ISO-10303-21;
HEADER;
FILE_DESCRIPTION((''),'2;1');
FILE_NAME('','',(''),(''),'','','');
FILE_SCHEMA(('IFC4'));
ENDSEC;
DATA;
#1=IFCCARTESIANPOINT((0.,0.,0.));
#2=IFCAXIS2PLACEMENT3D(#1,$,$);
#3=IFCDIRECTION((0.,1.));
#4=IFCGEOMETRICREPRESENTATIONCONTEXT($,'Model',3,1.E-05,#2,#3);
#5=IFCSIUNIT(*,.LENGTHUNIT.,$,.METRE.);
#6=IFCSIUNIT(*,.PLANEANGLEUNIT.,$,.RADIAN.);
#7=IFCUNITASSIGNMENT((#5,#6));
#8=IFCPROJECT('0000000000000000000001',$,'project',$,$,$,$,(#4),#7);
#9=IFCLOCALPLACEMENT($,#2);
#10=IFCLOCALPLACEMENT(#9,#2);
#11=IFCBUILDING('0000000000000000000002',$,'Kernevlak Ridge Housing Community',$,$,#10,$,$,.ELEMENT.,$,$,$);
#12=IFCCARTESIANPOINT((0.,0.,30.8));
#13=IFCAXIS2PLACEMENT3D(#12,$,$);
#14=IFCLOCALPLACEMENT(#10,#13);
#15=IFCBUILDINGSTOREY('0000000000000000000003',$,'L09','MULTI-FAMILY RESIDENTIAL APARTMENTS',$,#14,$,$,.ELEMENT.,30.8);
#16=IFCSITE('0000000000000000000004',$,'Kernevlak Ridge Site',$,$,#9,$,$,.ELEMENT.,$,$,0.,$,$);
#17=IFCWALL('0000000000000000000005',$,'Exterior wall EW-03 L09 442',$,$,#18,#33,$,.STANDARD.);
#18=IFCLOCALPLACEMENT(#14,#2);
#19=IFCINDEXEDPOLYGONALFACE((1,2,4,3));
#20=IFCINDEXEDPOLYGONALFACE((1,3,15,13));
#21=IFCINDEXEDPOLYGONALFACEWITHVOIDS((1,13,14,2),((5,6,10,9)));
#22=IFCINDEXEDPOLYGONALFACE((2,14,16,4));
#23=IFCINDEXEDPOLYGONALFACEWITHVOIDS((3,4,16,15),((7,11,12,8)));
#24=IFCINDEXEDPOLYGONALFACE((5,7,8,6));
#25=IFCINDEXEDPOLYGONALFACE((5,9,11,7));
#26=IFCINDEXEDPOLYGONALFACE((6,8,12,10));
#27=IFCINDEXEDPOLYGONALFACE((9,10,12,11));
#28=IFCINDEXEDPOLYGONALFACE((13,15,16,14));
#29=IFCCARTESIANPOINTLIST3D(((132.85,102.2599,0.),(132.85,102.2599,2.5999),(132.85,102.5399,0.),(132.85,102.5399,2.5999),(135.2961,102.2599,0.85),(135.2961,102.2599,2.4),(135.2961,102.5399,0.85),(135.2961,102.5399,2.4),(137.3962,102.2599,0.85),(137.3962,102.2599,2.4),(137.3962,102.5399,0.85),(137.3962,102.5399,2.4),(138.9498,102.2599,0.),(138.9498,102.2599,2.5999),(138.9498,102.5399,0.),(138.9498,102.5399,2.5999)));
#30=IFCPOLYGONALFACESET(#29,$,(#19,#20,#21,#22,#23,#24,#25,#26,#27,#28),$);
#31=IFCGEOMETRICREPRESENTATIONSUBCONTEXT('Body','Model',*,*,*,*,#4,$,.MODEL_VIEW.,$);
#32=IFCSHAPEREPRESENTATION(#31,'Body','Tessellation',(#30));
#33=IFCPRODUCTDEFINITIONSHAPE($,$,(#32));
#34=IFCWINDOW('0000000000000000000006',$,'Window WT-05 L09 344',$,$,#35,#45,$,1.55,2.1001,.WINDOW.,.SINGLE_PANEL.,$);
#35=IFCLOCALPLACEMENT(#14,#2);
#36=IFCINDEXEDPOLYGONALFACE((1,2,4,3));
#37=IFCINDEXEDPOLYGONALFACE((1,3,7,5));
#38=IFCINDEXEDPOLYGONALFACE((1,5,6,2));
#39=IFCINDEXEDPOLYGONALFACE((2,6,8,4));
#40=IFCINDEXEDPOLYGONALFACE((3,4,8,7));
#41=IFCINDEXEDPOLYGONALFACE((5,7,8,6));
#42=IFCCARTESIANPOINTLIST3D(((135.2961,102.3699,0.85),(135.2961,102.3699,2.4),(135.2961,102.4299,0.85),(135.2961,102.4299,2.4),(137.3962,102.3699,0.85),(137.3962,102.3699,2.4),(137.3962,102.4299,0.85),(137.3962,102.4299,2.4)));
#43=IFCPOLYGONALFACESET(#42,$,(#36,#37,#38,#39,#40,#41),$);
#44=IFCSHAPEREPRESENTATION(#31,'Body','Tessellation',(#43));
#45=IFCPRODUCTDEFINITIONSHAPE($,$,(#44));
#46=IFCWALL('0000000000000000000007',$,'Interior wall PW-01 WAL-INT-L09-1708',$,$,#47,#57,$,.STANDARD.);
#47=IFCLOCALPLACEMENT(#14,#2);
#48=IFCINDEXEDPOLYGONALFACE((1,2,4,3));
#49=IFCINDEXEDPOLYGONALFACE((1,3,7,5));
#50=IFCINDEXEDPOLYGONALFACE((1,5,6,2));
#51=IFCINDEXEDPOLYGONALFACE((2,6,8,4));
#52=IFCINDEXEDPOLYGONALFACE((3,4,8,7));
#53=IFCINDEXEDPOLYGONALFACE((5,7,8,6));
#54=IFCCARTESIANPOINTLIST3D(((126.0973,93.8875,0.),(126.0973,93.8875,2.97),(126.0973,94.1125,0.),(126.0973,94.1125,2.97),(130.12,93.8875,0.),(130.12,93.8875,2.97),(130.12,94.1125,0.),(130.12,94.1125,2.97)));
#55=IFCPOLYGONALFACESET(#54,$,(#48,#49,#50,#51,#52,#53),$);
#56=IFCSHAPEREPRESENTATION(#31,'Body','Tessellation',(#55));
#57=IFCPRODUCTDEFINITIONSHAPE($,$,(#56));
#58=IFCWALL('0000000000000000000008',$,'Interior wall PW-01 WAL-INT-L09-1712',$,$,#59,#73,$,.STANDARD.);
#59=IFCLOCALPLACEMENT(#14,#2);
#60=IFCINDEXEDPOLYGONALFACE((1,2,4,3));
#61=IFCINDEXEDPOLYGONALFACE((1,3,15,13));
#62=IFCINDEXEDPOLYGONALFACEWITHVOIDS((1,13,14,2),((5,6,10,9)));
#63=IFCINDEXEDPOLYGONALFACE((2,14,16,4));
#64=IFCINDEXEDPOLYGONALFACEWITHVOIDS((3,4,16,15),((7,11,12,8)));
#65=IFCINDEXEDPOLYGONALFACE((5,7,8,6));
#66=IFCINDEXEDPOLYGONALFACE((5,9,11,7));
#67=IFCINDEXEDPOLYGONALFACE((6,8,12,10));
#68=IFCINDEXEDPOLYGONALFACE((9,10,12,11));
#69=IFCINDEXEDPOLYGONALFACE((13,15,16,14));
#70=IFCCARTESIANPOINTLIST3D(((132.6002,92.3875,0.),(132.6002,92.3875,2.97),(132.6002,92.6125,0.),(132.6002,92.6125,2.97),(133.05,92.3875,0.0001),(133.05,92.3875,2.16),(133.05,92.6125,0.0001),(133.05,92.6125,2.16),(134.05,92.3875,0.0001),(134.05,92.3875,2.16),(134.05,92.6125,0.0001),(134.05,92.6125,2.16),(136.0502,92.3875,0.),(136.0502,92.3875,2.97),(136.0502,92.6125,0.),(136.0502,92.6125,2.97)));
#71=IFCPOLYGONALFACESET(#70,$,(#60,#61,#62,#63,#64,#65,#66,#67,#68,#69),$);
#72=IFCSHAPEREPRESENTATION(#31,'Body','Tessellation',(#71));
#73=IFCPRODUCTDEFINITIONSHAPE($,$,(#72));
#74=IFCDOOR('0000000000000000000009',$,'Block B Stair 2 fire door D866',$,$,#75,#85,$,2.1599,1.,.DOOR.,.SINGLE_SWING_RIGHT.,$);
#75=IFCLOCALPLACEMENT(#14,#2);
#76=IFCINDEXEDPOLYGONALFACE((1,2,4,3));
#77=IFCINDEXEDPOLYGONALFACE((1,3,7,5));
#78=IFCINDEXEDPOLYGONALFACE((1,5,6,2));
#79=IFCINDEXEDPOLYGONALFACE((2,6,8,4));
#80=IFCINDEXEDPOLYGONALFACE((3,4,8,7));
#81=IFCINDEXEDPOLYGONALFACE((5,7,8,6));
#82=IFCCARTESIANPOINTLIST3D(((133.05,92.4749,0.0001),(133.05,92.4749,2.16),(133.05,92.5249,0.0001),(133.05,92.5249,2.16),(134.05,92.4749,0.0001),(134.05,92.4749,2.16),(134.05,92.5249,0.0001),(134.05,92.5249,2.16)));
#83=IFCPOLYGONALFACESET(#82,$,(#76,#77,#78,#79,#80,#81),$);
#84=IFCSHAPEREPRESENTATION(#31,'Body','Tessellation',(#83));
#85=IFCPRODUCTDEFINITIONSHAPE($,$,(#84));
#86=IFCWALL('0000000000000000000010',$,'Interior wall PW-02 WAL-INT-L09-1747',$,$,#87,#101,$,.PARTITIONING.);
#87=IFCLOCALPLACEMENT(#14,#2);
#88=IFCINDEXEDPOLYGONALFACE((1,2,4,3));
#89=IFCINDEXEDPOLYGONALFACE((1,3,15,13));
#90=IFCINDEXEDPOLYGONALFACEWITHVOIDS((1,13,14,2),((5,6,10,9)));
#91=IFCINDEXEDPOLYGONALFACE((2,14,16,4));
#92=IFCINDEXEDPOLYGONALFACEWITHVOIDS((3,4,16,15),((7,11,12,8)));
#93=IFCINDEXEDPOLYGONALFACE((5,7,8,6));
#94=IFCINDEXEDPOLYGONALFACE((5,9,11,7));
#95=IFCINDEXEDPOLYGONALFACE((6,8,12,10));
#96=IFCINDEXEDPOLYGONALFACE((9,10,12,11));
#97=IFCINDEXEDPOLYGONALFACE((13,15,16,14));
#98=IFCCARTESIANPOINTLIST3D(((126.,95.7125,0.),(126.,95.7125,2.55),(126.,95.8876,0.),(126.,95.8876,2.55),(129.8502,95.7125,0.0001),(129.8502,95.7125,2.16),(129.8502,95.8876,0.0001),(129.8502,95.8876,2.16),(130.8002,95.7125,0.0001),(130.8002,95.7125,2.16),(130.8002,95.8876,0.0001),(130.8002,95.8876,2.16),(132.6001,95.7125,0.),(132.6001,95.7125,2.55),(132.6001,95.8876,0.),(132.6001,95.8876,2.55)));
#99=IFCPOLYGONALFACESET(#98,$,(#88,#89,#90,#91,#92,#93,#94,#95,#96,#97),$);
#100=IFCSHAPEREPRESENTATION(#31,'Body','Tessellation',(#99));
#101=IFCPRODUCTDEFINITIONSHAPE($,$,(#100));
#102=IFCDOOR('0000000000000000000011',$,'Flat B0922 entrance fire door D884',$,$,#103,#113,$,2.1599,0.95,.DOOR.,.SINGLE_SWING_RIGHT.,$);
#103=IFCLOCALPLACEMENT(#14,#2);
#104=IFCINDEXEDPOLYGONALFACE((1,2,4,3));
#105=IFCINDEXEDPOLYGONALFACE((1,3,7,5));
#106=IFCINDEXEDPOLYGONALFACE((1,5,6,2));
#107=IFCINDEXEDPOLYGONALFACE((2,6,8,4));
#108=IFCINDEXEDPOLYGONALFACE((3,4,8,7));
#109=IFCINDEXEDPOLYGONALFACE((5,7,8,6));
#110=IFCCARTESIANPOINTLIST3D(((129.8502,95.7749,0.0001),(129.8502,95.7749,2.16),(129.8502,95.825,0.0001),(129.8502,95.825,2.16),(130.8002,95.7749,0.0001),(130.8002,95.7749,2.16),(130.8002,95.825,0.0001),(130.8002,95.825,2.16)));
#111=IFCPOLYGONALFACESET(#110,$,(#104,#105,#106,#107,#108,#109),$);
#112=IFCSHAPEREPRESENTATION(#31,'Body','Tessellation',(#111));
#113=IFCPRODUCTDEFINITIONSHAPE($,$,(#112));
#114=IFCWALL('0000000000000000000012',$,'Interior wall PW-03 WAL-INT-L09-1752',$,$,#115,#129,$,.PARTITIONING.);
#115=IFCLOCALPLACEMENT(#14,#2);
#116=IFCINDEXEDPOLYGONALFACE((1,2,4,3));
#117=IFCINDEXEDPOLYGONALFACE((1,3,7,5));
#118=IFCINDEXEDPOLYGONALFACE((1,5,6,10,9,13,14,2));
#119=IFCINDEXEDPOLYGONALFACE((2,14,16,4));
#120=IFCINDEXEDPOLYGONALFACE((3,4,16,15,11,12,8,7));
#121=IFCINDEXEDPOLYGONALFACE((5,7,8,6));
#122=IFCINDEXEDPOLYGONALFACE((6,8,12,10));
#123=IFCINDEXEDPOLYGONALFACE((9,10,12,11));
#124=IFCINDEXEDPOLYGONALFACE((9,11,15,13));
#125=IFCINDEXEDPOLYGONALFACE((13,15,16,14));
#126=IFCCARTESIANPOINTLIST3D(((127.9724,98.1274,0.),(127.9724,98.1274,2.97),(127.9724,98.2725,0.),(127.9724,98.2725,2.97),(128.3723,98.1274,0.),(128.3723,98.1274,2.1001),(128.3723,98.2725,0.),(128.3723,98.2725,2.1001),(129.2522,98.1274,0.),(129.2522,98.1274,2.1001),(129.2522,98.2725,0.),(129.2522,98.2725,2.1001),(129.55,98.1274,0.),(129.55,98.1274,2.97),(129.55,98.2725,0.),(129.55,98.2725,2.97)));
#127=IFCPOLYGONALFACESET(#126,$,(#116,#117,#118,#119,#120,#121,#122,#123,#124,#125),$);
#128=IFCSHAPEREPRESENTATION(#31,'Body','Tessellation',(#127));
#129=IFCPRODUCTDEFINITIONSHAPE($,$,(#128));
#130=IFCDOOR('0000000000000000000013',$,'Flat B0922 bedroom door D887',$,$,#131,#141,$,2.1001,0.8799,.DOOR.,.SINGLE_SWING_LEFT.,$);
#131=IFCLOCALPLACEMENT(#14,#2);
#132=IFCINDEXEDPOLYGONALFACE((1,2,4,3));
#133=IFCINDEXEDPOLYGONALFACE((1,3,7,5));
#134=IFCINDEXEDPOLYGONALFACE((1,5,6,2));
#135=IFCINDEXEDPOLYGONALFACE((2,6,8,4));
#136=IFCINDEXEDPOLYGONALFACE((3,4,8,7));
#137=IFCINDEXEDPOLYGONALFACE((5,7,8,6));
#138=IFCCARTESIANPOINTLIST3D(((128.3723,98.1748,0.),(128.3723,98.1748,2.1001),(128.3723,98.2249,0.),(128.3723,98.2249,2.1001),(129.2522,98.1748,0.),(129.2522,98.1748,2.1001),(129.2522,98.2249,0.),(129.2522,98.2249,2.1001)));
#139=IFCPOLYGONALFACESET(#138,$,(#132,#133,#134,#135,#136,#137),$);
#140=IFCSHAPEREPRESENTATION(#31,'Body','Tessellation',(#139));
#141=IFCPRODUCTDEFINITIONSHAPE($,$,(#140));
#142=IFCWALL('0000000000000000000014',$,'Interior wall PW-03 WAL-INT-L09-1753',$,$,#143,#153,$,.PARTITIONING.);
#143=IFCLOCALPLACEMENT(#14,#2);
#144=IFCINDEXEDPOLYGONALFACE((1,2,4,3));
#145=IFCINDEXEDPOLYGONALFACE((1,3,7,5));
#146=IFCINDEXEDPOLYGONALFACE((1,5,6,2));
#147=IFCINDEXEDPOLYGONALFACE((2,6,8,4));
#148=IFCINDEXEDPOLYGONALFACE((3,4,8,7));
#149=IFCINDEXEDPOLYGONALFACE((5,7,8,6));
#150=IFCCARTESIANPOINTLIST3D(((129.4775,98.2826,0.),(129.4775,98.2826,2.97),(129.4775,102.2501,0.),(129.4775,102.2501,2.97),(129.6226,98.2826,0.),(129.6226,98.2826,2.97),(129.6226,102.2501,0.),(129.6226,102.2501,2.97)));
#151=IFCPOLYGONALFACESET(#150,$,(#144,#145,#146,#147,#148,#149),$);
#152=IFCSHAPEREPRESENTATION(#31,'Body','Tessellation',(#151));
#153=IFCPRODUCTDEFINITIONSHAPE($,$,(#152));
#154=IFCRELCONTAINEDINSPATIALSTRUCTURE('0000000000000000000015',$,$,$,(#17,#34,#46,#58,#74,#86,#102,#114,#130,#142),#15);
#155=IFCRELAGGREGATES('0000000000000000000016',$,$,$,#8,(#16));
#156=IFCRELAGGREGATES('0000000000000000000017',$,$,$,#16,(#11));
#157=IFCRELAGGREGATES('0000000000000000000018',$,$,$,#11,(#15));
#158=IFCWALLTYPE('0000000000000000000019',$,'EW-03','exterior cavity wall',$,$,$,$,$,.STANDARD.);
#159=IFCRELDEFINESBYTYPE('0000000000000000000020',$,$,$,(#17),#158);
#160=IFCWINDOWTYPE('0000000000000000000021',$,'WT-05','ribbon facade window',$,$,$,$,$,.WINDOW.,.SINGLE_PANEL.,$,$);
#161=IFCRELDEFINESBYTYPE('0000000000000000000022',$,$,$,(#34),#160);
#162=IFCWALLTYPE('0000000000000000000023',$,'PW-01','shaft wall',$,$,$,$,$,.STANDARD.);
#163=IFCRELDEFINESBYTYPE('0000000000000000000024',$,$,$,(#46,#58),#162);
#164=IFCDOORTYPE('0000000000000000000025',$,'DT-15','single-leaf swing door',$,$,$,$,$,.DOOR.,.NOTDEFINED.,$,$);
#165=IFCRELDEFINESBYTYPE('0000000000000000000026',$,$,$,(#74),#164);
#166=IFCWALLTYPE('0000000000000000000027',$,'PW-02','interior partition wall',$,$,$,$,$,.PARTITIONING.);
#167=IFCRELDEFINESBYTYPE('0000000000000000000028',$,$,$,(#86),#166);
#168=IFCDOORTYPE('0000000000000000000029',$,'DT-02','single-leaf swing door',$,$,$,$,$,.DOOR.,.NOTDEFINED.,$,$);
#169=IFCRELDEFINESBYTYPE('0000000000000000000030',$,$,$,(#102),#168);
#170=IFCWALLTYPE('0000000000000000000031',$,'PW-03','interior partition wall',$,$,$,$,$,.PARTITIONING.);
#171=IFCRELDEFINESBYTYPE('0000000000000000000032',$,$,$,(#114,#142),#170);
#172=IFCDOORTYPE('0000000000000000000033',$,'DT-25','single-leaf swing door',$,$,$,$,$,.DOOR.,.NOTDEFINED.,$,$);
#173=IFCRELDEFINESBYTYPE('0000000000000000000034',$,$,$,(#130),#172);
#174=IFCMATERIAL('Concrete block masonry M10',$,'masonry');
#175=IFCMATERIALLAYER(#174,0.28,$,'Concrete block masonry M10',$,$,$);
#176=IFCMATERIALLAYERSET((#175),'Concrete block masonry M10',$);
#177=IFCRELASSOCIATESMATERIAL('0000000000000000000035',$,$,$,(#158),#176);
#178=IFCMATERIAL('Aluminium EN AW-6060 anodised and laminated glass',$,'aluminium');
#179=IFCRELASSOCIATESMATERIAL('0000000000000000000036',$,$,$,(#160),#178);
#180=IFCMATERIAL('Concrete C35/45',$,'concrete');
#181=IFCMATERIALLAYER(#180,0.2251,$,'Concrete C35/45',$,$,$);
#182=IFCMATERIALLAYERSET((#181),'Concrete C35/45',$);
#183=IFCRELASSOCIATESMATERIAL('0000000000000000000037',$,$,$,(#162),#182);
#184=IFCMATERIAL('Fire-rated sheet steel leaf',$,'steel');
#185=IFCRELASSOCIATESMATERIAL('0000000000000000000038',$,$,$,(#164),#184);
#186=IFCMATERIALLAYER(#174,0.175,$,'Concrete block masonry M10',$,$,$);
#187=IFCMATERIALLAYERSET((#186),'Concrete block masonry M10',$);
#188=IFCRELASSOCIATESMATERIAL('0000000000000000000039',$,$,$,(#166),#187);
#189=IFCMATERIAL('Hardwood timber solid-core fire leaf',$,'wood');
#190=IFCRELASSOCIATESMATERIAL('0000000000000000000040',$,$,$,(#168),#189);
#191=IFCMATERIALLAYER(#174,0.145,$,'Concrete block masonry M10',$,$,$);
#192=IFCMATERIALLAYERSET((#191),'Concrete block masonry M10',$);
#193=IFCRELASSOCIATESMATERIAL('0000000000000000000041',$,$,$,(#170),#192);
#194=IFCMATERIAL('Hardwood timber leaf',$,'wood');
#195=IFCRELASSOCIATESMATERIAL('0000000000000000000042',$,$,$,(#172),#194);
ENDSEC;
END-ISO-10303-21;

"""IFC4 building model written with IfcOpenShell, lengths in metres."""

from ifc_helpers import new_model, si_unit, direction, frame, frame_2d, origin, place, context, subcontext, project, spatial, rectangle, extrude, material, layer, layer_set, type_object, element, fill, save


model = new_model("IFC4")

# Units and contexts
model_context = context("Model", 3, precision=1e-05, world=origin(), true_north=direction((0.0, 1.0)))
body_context = subcontext(model_context, "Body", "Model", "MODEL_VIEW")
ifc_project = project(units=[si_unit("LENGTHUNIT", "METRE"), si_unit("PLANEANGLEUNIT", "RADIAN")], contexts=[model_context])

# Site, building, storey
site_placement = place(None, origin())
site = spatial("IfcSite", under=ifc_project, at=site_placement, Name="Kernevlak Ridge Site", CompositionType="ELEMENT", RefElevation=0.0)
building_placement = place(site_placement, origin())
building = spatial("IfcBuilding", under=site, at=building_placement, Name="Kernevlak Ridge Housing Community", CompositionType="ELEMENT")
storey_placement = place(building_placement, frame((0.0, 0.0, 30.8)))
storey = spatial("IfcBuildingStorey", under=building, at=storey_placement, Name="L09", Description="MULTI-FAMILY RESIDENTIAL APARTMENTS", CompositionType="ELEMENT", Elevation=30.8)

# Shared definitions
ifc_material_1 = material(Name="Concrete C35/45", Category="concrete")

# Shared definitions
ifc_material_2 = material(Name="Concrete block masonry M10", Category="masonry")
ifc_layer_1 = layer(ifc_material_2, 0.28, Name="Concrete block masonry M10")
ifc_layer_set_1 = layer_set([ifc_layer_1], Name="Concrete block masonry M10")
wall_type_1 = type_object("IfcWallType", Name="EW-03", Description="exterior cavity wall", PredefinedType="STANDARD", material=ifc_layer_set_1)
ifc_material_3 = material(Name="Aluminium EN AW-6060 anodised and laminated glass", Category="aluminium")

# Wall, opening, window
wall_1_placement = place(storey_placement, frame((132.8501, 102.3999, 0.0), z_axis=(0.0, 0.0, 1.0), x_axis=(1.0, 0.0, 0.0)))
wall_1 = element("IfcWall", 1, at=wall_1_placement, inside=storey, type_object=wall_type_1, Name="Exterior wall EW-03 L09 442", PredefinedType="STANDARD", context=body_context, shape_type="SweptSolid", body=[
    extrude(rectangle(XDim=6.0999, YDim=0.28, at=frame_2d((3.0498, 0.0))), origin(), (0.0, 0.0, 1.0), 2.5999),
])
opening_1_placement = place(wall_1_placement, frame((2.446, 0.0, 0.8501)))
opening_1 = element("IfcOpeningElement", 2, at=opening_1_placement, cuts=wall_1, PredefinedType="OPENING", context=body_context, shape_type="SweptSolid", body=[
    extrude(rectangle(XDim=2.1001, YDim=1.55, at=frame_2d((1.05, 0.7749))), frame((0.0, 0.1499, 0.0), z_axis=(0.0, -1.0, 0.0), x_axis=(1.0, 0.0, 0.0)), (0.0, 0.0, 1.0), 0.3),
])
window_type_1 = type_object("IfcWindowType", Name="WT-05", Description="ribbon facade window", PartitioningType="SINGLE_PANEL", PredefinedType="WINDOW", material=ifc_material_3)
window_1_placement = place(opening_1_placement, origin())
window_1 = element("IfcWindow", 3, at=window_1_placement, inside=storey, type_object=window_type_1, Name="Window WT-05 L09 344", OverallHeight=1.55, OverallWidth=2.1001, PartitioningType="SINGLE_PANEL", PredefinedType="WINDOW", context=body_context, shape_type="SweptSolid", body=[
    extrude(rectangle(XDim=2.1001, YDim=1.55, at=frame_2d((1.05, 0.7749))), frame((0.0, 0.03, 0.0), z_axis=(0.0, -1.0, 0.0), x_axis=(1.0, 0.0, 0.0)), (0.0, 0.0, 1.0), 0.0601),
])
fill(opening_1, window_1)

# Wall
ifc_layer_2 = layer(ifc_material_1, 0.2251, Name="Concrete C35/45")
ifc_layer_set_2 = layer_set([ifc_layer_2], Name="Concrete C35/45")
wall_type_2 = type_object("IfcWallType", Name="PW-01", Description="shaft wall", PredefinedType="STANDARD", material=ifc_layer_set_2)
wall_2_placement = place(storey_placement, frame((126.0974, 94.0, 0.0), z_axis=(0.0, 0.0, 1.0), x_axis=(1.0, 0.0, 0.0)))
element("IfcWall", 4, at=wall_2_placement, inside=storey, type_object=wall_type_2, Name="Interior wall PW-01 WAL-INT-L09-1708", PredefinedType="STANDARD", context=body_context, shape_type="SweptSolid", body=[
    extrude(rectangle(XDim=4.0227, YDim=0.2251, at=frame_2d((2.0112, 0.0))), origin(), (0.0, 0.0, 1.0), 2.97),
])

# Walls, openings, doors
wall_3_placement = place(storey_placement, frame((132.6001, 92.5, 0.0), z_axis=(0.0, 0.0, 1.0), x_axis=(1.0, 0.0, 0.0)))
wall_3 = element("IfcWall", 5, at=wall_3_placement, inside=storey, type_object=wall_type_2, Name="Interior wall PW-01 WAL-INT-L09-1712", PredefinedType="STANDARD", context=body_context, shape_type="SweptSolid", body=[
    extrude(rectangle(XDim=3.45, YDim=0.2251, at=frame_2d((1.7251, 0.0))), origin(), (0.0, 0.0, 1.0), 2.97),
])
opening_2_placement = place(wall_3_placement, frame((0.45, 0.0, 0.0)))
opening_2 = element("IfcOpeningElement", 6, at=opening_2_placement, cuts=wall_3, PredefinedType="OPENING", context=body_context, shape_type="SweptSolid", body=[
    extrude(rectangle(XDim=1.0, YDim=2.1599, at=frame_2d((0.5, 1.0801))), frame((0.0, 0.1226, 0.0), z_axis=(0.0, -1.0, 0.0), x_axis=(1.0, 0.0, 0.0)), (0.0, 0.0, 1.0), 0.2451),
])
ifc_material_4 = material(Name="Fire-rated sheet steel leaf", Category="steel")
door_type_1 = type_object("IfcDoorType", Name="DT-15", Description="single-leaf swing door", OperationType="NOTDEFINED", PredefinedType="DOOR", material=ifc_material_4)
door_1_placement = place(opening_2_placement, origin())
door_1 = element("IfcDoor", 7, at=door_1_placement, inside=storey, type_object=door_type_1, Name="Block B Stair 2 fire door D866", OperationType="SINGLE_SWING_RIGHT", OverallHeight=2.1599, OverallWidth=1.0, PredefinedType="DOOR", context=body_context, shape_type="SweptSolid", body=[
    extrude(rectangle(XDim=1.0, YDim=2.1599, at=frame_2d((0.5, 1.0801))), frame((0.0, 0.0249, 0.0), z_axis=(0.0, -1.0, 0.0), x_axis=(1.0, 0.0, 0.0)), (0.0, 0.0, 1.0), 0.05),
])
fill(opening_2, door_1)
ifc_layer_3 = layer(ifc_material_2, 0.175, Name="Concrete block masonry M10")
ifc_layer_set_3 = layer_set([ifc_layer_3], Name="Concrete block masonry M10")
wall_type_3 = type_object("IfcWallType", Name="PW-02", Description="interior partition wall", PredefinedType="PARTITIONING", material=ifc_layer_set_3)
wall_4_placement = place(storey_placement, frame((126.0, 95.8, 0.0), z_axis=(0.0, 0.0, 1.0), x_axis=(1.0, 0.0, 0.0)))
wall_4 = element("IfcWall", 8, at=wall_4_placement, inside=storey, type_object=wall_type_3, Name="Interior wall PW-02 WAL-INT-L09-1747", PredefinedType="PARTITIONING", context=body_context, shape_type="SweptSolid", body=[
    extrude(rectangle(XDim=6.6001, YDim=0.175, at=frame_2d((3.3, 0.0))), origin(), (0.0, 0.0, 1.0), 2.55),
])
opening_3_placement = place(wall_4_placement, frame((3.8501, 0.0, 0.0)))
opening_3 = element("IfcOpeningElement", 9, at=opening_3_placement, cuts=wall_4, PredefinedType="OPENING", context=body_context, shape_type="SweptSolid", body=[
    extrude(rectangle(XDim=0.95, YDim=2.1599, at=frame_2d((0.4751, 1.0801))), frame((0.0, 0.0974, 0.0), z_axis=(0.0, -1.0, 0.0), x_axis=(1.0, 0.0, 0.0)), (0.0, 0.0, 1.0), 0.1951),
])
ifc_material_5 = material(Name="Hardwood timber solid-core fire leaf", Category="wood")
door_type_2 = type_object("IfcDoorType", Name="DT-02", Description="single-leaf swing door", OperationType="NOTDEFINED", PredefinedType="DOOR", material=ifc_material_5)
door_2_placement = place(opening_3_placement, origin())
door_2 = element("IfcDoor", 10, at=door_2_placement, inside=storey, type_object=door_type_2, Name="Flat B0922 entrance fire door D884", OperationType="SINGLE_SWING_RIGHT", OverallHeight=2.1599, OverallWidth=0.95, PredefinedType="DOOR", context=body_context, shape_type="SweptSolid", body=[
    extrude(rectangle(XDim=0.95, YDim=2.1599, at=frame_2d((0.4751, 1.0801))), frame((0.0, 0.0249, 0.0), z_axis=(0.0, -1.0, 0.0), x_axis=(1.0, 0.0, 0.0)), (0.0, 0.0, 1.0), 0.05),
])
fill(opening_3, door_2)
ifc_layer_4 = layer(ifc_material_2, 0.145, Name="Concrete block masonry M10")
ifc_layer_set_4 = layer_set([ifc_layer_4], Name="Concrete block masonry M10")
wall_type_4 = type_object("IfcWallType", Name="PW-03", Description="interior partition wall", PredefinedType="PARTITIONING", material=ifc_layer_set_4)
wall_5_placement = place(storey_placement, frame((127.9724, 98.2, 0.0), z_axis=(0.0, 0.0, 1.0), x_axis=(1.0, 0.0, 0.0)))
wall_5 = element("IfcWall", 11, at=wall_5_placement, inside=storey, type_object=wall_type_4, Name="Interior wall PW-03 WAL-INT-L09-1752", PredefinedType="PARTITIONING", context=body_context, shape_type="SweptSolid", body=[
    extrude(rectangle(XDim=1.5776, YDim=0.145, at=frame_2d((0.7888, 0.0))), origin(), (0.0, 0.0, 1.0), 2.97),
])
opening_4_placement = place(wall_5_placement, frame((0.3999, 0.0, 0.0)))
opening_4 = element("IfcOpeningElement", 12, at=opening_4_placement, cuts=wall_5, PredefinedType="OPENING", context=body_context, shape_type="SweptSolid", body=[
    extrude(rectangle(XDim=0.8799, YDim=2.1001, at=frame_2d((0.4399, 1.05))), frame((0.0, 0.0825, 0.0), z_axis=(0.0, -1.0, 0.0), x_axis=(1.0, 0.0, 0.0)), (0.0, 0.0, 1.0), 0.165),
])
ifc_material_6 = material(Name="Hardwood timber leaf", Category="wood")
door_type_3 = type_object("IfcDoorType", Name="DT-25", Description="single-leaf swing door", OperationType="NOTDEFINED", PredefinedType="DOOR", material=ifc_material_6)
door_3_placement = place(opening_4_placement, origin())
door_3 = element("IfcDoor", 13, at=door_3_placement, inside=storey, type_object=door_type_3, Name="Flat B0922 bedroom door D887", OperationType="SINGLE_SWING_LEFT", OverallHeight=2.1001, OverallWidth=0.8799, PredefinedType="DOOR", context=body_context, shape_type="SweptSolid", body=[
    extrude(rectangle(XDim=0.8799, YDim=2.1001, at=frame_2d((0.4399, 1.05))), frame((0.0, 0.0249, 0.0), z_axis=(0.0, -1.0, 0.0), x_axis=(1.0, 0.0, 0.0)), (0.0, 0.0, 1.0), 0.05),
])
fill(opening_4, door_3)

# Wall
wall_6_placement = place(storey_placement, frame((129.55, 98.2825, 0.0), z_axis=(0.0, 0.0, 1.0), x_axis=(0.0, 1.0, 0.0)))
element("IfcWall", 14, at=wall_6_placement, inside=storey, type_object=wall_type_4, Name="Interior wall PW-03 WAL-INT-L09-1753", PredefinedType="PARTITIONING", context=body_context, shape_type="SweptSolid", body=[
    extrude(rectangle(XDim=3.9675, YDim=0.145, at=frame_2d((1.9839, 0.0))), origin(), (0.0, 0.0, 1.0), 2.97),
])

save(model, "model.ifc")
